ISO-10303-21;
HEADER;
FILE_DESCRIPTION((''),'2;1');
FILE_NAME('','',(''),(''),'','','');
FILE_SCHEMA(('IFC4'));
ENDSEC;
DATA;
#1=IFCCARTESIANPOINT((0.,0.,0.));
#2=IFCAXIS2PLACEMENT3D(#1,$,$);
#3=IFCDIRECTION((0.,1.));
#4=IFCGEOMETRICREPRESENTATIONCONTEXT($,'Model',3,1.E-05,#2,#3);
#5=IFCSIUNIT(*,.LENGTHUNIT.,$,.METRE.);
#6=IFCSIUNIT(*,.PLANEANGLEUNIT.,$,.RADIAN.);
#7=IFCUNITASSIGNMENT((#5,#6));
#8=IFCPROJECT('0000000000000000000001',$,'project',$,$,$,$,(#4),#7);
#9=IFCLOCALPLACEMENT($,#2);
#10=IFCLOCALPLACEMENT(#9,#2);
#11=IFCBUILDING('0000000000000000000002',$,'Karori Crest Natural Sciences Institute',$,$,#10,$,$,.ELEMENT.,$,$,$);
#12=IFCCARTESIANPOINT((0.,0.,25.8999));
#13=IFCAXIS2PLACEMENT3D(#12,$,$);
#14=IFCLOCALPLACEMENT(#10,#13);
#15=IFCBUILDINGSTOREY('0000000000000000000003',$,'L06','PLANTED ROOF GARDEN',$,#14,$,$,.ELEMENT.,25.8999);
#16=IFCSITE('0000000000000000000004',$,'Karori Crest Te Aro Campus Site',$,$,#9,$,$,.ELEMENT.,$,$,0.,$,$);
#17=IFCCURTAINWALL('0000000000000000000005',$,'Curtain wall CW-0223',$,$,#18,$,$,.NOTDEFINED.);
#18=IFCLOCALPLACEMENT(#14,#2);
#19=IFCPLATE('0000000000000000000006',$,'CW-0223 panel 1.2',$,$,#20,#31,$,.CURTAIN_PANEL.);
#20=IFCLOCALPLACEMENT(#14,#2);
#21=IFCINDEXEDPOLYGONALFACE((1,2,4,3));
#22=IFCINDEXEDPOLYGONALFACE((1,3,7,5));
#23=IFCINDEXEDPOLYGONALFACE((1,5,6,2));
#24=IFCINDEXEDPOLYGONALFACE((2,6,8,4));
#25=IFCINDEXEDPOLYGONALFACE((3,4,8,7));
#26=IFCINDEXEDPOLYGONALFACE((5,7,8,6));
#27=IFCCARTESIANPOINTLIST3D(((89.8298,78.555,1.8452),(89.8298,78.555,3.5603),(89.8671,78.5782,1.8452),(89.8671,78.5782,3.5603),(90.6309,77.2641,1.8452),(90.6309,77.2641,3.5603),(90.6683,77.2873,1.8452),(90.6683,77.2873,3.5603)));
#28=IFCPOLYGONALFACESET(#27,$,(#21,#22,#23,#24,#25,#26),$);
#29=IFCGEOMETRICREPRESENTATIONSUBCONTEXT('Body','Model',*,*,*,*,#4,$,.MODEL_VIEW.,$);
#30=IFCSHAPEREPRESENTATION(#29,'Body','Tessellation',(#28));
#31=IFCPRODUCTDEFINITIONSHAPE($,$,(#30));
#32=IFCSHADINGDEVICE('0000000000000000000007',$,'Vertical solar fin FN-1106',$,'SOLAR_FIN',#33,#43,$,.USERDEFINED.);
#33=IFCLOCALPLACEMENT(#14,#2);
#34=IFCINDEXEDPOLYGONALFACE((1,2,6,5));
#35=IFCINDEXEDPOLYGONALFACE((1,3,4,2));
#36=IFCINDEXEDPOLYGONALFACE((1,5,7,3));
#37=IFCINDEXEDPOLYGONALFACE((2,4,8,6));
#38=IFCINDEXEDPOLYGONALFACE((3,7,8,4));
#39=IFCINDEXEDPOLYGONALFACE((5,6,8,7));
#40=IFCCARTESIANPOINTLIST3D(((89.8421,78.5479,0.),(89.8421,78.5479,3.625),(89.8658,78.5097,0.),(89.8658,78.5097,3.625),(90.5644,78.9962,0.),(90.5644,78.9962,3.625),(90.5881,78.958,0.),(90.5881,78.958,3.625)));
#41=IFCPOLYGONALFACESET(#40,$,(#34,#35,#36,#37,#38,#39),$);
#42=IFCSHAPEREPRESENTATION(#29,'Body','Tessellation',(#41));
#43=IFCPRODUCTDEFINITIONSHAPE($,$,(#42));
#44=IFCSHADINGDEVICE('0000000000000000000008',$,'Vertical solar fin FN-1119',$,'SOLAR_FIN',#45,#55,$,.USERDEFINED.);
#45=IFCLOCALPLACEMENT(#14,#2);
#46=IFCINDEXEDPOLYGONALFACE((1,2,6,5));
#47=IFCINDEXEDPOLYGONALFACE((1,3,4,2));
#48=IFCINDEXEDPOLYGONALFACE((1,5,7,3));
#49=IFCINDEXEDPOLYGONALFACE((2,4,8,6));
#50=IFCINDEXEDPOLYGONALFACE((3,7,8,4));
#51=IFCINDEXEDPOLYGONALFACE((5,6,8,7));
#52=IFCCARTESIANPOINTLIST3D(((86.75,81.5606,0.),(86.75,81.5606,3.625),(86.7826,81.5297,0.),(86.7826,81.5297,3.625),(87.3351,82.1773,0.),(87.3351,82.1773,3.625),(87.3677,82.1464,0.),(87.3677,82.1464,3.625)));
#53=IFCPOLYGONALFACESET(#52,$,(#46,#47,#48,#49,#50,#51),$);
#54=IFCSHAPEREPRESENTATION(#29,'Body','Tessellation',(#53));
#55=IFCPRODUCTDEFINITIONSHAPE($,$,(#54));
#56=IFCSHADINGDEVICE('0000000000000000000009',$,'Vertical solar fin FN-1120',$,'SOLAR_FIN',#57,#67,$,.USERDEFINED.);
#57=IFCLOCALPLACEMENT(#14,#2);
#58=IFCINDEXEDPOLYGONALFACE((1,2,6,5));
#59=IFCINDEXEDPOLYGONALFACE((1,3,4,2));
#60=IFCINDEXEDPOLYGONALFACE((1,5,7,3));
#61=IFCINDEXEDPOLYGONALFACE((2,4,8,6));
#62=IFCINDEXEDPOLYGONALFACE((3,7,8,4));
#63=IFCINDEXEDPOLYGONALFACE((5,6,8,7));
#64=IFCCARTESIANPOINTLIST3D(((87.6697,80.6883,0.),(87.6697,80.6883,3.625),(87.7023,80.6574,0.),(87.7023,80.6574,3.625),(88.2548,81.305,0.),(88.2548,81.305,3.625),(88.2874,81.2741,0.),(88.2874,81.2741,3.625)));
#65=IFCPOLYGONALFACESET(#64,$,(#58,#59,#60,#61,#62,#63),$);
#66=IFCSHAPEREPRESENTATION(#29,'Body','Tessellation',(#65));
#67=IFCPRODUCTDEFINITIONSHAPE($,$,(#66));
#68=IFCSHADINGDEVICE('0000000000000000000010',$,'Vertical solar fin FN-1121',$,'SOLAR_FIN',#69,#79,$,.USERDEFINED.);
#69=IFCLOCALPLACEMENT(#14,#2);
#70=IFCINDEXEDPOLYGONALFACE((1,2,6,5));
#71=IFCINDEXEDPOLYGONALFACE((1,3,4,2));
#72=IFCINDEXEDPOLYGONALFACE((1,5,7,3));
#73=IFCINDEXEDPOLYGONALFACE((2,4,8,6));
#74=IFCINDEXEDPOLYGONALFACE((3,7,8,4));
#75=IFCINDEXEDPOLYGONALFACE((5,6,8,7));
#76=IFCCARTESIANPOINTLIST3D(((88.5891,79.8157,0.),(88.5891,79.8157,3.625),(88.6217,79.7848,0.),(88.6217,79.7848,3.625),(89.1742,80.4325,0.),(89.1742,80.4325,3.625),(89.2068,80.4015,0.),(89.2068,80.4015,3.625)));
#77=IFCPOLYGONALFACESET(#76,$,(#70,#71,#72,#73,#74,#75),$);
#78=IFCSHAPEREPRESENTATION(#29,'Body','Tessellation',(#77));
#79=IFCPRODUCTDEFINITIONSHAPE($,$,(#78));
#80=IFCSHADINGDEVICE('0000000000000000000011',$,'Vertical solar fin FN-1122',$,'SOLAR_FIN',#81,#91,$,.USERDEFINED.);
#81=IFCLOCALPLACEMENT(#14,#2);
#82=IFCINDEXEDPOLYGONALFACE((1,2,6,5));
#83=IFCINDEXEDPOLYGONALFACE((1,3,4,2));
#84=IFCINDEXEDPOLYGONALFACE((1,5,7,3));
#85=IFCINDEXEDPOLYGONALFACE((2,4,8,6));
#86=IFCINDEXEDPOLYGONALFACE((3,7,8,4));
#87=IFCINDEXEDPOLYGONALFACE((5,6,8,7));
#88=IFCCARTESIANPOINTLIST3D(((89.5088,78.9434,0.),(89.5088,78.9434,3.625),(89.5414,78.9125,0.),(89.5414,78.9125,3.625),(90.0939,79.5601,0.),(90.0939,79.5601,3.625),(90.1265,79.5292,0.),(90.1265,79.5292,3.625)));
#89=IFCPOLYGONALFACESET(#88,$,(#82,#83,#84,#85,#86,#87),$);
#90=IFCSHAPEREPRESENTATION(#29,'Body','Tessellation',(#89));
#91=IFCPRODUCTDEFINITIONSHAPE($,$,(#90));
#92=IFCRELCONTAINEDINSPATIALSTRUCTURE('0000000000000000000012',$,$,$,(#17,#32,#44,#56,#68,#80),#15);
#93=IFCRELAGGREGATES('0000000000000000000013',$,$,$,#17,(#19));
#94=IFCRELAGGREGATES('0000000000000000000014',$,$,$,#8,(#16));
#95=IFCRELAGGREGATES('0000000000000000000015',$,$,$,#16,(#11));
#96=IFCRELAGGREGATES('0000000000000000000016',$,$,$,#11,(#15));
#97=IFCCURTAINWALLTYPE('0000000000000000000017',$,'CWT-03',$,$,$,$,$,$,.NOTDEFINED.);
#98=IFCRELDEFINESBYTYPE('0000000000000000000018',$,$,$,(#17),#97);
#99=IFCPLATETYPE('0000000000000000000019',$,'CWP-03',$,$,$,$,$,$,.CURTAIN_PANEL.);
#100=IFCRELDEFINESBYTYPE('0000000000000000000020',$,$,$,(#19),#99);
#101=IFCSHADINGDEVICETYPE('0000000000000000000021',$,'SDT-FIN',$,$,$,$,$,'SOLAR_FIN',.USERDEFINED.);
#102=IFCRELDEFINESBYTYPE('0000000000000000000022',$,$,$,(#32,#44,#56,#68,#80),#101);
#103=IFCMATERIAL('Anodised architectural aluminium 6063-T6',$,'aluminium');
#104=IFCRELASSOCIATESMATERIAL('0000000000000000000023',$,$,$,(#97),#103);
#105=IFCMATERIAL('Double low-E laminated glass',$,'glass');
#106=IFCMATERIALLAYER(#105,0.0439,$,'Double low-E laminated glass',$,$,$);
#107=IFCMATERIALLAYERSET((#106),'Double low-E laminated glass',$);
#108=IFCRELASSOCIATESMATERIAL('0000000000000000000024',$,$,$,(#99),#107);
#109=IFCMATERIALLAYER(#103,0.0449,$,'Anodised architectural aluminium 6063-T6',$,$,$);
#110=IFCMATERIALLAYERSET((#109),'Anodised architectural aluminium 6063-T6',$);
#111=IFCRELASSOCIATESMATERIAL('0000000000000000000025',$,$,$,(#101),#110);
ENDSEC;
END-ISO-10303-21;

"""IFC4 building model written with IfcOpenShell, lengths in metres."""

from ifc_helpers import new_model, si_unit, direction, frame, origin, origin_2d, place, context, subcontext, project, spatial, rectangle, extrude, material, layer, layer_set, type_object, element, aggregate, save


model = new_model("IFC4")

# Units and contexts
model_context = context("Model", 3, precision=1e-05, world=origin(), true_north=direction((0.0, 1.0)))
body_context = subcontext(model_context, "Body", "Model", "MODEL_VIEW")
ifc_project = project(units=[si_unit("LENGTHUNIT", "METRE"), si_unit("PLANEANGLEUNIT", "RADIAN")], contexts=[model_context])

# Site, building, storey
site_placement = place(None, origin())
site = spatial("IfcSite", under=ifc_project, at=site_placement, Name="Karori Crest Te Aro Campus Site", CompositionType="ELEMENT", RefElevation=0.0)
building_placement = place(site_placement, origin())
building = spatial("IfcBuilding", under=site, at=building_placement, Name="Karori Crest Natural Sciences Institute", CompositionType="ELEMENT")
storey_placement = place(building_placement, frame((0.0, 0.0, 25.8999)))
storey = spatial("IfcBuildingStorey", under=building, at=storey_placement, Name="L06", Description="PLANTED ROOF GARDEN", CompositionType="ELEMENT", Elevation=25.8999)

# Curtain wall
ifc_material_1 = material(Name="Anodised architectural aluminium 6063-T6", Category="aluminium")
curtain_wall_type_1 = type_object("IfcCurtainWallType", Name="CWT-03", PredefinedType="NOTDEFINED", material=ifc_material_1)
curtain_wall_1_placement = place(storey_placement, origin())
curtain_wall_1 = element("IfcCurtainWall", 1, at=curtain_wall_1_placement, inside=storey, type_object=curtain_wall_type_1, Name="Curtain wall CW-0223", PredefinedType="NOTDEFINED")

# Plate
ifc_material_2 = material(Name="Double low-E laminated glass", Category="glass")
ifc_layer_1 = layer(ifc_material_2, 0.0439, Name="Double low-E laminated glass")
ifc_layer_set_1 = layer_set([ifc_layer_1], Name="Double low-E laminated glass")
plate_type_1 = type_object("IfcPlateType", Name="CWP-03", PredefinedType="CURTAIN_PANEL", material=ifc_layer_set_1)
plate_1_placement = place(storey_placement, frame((90.249, 77.9211, 1.8452), z_axis=(0.0, 0.0, 1.0), x_axis=(0.527328, -0.849662, 0.0)))
plate_1 = element("IfcPlate", 2, at=plate_1_placement, type_object=plate_type_1, Name="CW-0223 panel 1.2", PredefinedType="CURTAIN_PANEL", context=body_context, shape_type="SweptSolid", body=[
    extrude(rectangle(XDim=1.5193, YDim=0.0439, at=origin_2d()), origin(), (0.0, 0.0, 1.0), 1.7151),
])
aggregate(curtain_wall_1, [plate_1])

# Shading devices
ifc_layer_2 = layer(ifc_material_1, 0.0449, Name="Anodised architectural aluminium 6063-T6")
ifc_layer_set_2 = layer_set([ifc_layer_2], Name="Anodised architectural aluminium 6063-T6")
shading_device_type = type_object("IfcShadingDeviceType", Name="SDT-FIN", ElementType="SOLAR_FIN", PredefinedType="USERDEFINED", material=ifc_layer_set_2)
for number, where, z_axis, x_axis, name in (
    (3, (90.2151, 78.7529, 0.0), (0.0, 0.0, 1.0), (0.849662, 0.527328, 0.0), "Vertical solar fin FN-1106"),
    (4, (87.0588, 81.8535, 0.0), (0.0, 0.0, 1.0), (0.688252, 0.725472, 0.0), "Vertical solar fin FN-1119"),
    (5, (87.9785, 80.9812, 0.0), (0.0, 0.0, 1.0), (0.688252, 0.725472, 0.0), "Vertical solar fin FN-1120"),
    (6, (88.8979, 80.1086, 0.0), (0.0, 0.0, 1.0), (0.688252, 0.725472, 0.0), "Vertical solar fin FN-1121"),
    (7, (89.8176, 79.2363, 0.0), (0.0, 0.0, 1.0), (0.688252, 0.725472, 0.0), "Vertical solar fin FN-1122"),
):
    element("IfcShadingDevice", number, at=place(storey_placement, frame(where, z_axis=z_axis, x_axis=x_axis)), inside=storey, type_object=shading_device_type, Name=name, ObjectType="SOLAR_FIN", PredefinedType="USERDEFINED", context=body_context, shape_type="SweptSolid", body=[
        extrude(rectangle(XDim=0.8501, YDim=0.0449, at=origin_2d()), origin(), (0.0, 0.0, 1.0), 3.625),
    ])

save(model, "model.ifc")
